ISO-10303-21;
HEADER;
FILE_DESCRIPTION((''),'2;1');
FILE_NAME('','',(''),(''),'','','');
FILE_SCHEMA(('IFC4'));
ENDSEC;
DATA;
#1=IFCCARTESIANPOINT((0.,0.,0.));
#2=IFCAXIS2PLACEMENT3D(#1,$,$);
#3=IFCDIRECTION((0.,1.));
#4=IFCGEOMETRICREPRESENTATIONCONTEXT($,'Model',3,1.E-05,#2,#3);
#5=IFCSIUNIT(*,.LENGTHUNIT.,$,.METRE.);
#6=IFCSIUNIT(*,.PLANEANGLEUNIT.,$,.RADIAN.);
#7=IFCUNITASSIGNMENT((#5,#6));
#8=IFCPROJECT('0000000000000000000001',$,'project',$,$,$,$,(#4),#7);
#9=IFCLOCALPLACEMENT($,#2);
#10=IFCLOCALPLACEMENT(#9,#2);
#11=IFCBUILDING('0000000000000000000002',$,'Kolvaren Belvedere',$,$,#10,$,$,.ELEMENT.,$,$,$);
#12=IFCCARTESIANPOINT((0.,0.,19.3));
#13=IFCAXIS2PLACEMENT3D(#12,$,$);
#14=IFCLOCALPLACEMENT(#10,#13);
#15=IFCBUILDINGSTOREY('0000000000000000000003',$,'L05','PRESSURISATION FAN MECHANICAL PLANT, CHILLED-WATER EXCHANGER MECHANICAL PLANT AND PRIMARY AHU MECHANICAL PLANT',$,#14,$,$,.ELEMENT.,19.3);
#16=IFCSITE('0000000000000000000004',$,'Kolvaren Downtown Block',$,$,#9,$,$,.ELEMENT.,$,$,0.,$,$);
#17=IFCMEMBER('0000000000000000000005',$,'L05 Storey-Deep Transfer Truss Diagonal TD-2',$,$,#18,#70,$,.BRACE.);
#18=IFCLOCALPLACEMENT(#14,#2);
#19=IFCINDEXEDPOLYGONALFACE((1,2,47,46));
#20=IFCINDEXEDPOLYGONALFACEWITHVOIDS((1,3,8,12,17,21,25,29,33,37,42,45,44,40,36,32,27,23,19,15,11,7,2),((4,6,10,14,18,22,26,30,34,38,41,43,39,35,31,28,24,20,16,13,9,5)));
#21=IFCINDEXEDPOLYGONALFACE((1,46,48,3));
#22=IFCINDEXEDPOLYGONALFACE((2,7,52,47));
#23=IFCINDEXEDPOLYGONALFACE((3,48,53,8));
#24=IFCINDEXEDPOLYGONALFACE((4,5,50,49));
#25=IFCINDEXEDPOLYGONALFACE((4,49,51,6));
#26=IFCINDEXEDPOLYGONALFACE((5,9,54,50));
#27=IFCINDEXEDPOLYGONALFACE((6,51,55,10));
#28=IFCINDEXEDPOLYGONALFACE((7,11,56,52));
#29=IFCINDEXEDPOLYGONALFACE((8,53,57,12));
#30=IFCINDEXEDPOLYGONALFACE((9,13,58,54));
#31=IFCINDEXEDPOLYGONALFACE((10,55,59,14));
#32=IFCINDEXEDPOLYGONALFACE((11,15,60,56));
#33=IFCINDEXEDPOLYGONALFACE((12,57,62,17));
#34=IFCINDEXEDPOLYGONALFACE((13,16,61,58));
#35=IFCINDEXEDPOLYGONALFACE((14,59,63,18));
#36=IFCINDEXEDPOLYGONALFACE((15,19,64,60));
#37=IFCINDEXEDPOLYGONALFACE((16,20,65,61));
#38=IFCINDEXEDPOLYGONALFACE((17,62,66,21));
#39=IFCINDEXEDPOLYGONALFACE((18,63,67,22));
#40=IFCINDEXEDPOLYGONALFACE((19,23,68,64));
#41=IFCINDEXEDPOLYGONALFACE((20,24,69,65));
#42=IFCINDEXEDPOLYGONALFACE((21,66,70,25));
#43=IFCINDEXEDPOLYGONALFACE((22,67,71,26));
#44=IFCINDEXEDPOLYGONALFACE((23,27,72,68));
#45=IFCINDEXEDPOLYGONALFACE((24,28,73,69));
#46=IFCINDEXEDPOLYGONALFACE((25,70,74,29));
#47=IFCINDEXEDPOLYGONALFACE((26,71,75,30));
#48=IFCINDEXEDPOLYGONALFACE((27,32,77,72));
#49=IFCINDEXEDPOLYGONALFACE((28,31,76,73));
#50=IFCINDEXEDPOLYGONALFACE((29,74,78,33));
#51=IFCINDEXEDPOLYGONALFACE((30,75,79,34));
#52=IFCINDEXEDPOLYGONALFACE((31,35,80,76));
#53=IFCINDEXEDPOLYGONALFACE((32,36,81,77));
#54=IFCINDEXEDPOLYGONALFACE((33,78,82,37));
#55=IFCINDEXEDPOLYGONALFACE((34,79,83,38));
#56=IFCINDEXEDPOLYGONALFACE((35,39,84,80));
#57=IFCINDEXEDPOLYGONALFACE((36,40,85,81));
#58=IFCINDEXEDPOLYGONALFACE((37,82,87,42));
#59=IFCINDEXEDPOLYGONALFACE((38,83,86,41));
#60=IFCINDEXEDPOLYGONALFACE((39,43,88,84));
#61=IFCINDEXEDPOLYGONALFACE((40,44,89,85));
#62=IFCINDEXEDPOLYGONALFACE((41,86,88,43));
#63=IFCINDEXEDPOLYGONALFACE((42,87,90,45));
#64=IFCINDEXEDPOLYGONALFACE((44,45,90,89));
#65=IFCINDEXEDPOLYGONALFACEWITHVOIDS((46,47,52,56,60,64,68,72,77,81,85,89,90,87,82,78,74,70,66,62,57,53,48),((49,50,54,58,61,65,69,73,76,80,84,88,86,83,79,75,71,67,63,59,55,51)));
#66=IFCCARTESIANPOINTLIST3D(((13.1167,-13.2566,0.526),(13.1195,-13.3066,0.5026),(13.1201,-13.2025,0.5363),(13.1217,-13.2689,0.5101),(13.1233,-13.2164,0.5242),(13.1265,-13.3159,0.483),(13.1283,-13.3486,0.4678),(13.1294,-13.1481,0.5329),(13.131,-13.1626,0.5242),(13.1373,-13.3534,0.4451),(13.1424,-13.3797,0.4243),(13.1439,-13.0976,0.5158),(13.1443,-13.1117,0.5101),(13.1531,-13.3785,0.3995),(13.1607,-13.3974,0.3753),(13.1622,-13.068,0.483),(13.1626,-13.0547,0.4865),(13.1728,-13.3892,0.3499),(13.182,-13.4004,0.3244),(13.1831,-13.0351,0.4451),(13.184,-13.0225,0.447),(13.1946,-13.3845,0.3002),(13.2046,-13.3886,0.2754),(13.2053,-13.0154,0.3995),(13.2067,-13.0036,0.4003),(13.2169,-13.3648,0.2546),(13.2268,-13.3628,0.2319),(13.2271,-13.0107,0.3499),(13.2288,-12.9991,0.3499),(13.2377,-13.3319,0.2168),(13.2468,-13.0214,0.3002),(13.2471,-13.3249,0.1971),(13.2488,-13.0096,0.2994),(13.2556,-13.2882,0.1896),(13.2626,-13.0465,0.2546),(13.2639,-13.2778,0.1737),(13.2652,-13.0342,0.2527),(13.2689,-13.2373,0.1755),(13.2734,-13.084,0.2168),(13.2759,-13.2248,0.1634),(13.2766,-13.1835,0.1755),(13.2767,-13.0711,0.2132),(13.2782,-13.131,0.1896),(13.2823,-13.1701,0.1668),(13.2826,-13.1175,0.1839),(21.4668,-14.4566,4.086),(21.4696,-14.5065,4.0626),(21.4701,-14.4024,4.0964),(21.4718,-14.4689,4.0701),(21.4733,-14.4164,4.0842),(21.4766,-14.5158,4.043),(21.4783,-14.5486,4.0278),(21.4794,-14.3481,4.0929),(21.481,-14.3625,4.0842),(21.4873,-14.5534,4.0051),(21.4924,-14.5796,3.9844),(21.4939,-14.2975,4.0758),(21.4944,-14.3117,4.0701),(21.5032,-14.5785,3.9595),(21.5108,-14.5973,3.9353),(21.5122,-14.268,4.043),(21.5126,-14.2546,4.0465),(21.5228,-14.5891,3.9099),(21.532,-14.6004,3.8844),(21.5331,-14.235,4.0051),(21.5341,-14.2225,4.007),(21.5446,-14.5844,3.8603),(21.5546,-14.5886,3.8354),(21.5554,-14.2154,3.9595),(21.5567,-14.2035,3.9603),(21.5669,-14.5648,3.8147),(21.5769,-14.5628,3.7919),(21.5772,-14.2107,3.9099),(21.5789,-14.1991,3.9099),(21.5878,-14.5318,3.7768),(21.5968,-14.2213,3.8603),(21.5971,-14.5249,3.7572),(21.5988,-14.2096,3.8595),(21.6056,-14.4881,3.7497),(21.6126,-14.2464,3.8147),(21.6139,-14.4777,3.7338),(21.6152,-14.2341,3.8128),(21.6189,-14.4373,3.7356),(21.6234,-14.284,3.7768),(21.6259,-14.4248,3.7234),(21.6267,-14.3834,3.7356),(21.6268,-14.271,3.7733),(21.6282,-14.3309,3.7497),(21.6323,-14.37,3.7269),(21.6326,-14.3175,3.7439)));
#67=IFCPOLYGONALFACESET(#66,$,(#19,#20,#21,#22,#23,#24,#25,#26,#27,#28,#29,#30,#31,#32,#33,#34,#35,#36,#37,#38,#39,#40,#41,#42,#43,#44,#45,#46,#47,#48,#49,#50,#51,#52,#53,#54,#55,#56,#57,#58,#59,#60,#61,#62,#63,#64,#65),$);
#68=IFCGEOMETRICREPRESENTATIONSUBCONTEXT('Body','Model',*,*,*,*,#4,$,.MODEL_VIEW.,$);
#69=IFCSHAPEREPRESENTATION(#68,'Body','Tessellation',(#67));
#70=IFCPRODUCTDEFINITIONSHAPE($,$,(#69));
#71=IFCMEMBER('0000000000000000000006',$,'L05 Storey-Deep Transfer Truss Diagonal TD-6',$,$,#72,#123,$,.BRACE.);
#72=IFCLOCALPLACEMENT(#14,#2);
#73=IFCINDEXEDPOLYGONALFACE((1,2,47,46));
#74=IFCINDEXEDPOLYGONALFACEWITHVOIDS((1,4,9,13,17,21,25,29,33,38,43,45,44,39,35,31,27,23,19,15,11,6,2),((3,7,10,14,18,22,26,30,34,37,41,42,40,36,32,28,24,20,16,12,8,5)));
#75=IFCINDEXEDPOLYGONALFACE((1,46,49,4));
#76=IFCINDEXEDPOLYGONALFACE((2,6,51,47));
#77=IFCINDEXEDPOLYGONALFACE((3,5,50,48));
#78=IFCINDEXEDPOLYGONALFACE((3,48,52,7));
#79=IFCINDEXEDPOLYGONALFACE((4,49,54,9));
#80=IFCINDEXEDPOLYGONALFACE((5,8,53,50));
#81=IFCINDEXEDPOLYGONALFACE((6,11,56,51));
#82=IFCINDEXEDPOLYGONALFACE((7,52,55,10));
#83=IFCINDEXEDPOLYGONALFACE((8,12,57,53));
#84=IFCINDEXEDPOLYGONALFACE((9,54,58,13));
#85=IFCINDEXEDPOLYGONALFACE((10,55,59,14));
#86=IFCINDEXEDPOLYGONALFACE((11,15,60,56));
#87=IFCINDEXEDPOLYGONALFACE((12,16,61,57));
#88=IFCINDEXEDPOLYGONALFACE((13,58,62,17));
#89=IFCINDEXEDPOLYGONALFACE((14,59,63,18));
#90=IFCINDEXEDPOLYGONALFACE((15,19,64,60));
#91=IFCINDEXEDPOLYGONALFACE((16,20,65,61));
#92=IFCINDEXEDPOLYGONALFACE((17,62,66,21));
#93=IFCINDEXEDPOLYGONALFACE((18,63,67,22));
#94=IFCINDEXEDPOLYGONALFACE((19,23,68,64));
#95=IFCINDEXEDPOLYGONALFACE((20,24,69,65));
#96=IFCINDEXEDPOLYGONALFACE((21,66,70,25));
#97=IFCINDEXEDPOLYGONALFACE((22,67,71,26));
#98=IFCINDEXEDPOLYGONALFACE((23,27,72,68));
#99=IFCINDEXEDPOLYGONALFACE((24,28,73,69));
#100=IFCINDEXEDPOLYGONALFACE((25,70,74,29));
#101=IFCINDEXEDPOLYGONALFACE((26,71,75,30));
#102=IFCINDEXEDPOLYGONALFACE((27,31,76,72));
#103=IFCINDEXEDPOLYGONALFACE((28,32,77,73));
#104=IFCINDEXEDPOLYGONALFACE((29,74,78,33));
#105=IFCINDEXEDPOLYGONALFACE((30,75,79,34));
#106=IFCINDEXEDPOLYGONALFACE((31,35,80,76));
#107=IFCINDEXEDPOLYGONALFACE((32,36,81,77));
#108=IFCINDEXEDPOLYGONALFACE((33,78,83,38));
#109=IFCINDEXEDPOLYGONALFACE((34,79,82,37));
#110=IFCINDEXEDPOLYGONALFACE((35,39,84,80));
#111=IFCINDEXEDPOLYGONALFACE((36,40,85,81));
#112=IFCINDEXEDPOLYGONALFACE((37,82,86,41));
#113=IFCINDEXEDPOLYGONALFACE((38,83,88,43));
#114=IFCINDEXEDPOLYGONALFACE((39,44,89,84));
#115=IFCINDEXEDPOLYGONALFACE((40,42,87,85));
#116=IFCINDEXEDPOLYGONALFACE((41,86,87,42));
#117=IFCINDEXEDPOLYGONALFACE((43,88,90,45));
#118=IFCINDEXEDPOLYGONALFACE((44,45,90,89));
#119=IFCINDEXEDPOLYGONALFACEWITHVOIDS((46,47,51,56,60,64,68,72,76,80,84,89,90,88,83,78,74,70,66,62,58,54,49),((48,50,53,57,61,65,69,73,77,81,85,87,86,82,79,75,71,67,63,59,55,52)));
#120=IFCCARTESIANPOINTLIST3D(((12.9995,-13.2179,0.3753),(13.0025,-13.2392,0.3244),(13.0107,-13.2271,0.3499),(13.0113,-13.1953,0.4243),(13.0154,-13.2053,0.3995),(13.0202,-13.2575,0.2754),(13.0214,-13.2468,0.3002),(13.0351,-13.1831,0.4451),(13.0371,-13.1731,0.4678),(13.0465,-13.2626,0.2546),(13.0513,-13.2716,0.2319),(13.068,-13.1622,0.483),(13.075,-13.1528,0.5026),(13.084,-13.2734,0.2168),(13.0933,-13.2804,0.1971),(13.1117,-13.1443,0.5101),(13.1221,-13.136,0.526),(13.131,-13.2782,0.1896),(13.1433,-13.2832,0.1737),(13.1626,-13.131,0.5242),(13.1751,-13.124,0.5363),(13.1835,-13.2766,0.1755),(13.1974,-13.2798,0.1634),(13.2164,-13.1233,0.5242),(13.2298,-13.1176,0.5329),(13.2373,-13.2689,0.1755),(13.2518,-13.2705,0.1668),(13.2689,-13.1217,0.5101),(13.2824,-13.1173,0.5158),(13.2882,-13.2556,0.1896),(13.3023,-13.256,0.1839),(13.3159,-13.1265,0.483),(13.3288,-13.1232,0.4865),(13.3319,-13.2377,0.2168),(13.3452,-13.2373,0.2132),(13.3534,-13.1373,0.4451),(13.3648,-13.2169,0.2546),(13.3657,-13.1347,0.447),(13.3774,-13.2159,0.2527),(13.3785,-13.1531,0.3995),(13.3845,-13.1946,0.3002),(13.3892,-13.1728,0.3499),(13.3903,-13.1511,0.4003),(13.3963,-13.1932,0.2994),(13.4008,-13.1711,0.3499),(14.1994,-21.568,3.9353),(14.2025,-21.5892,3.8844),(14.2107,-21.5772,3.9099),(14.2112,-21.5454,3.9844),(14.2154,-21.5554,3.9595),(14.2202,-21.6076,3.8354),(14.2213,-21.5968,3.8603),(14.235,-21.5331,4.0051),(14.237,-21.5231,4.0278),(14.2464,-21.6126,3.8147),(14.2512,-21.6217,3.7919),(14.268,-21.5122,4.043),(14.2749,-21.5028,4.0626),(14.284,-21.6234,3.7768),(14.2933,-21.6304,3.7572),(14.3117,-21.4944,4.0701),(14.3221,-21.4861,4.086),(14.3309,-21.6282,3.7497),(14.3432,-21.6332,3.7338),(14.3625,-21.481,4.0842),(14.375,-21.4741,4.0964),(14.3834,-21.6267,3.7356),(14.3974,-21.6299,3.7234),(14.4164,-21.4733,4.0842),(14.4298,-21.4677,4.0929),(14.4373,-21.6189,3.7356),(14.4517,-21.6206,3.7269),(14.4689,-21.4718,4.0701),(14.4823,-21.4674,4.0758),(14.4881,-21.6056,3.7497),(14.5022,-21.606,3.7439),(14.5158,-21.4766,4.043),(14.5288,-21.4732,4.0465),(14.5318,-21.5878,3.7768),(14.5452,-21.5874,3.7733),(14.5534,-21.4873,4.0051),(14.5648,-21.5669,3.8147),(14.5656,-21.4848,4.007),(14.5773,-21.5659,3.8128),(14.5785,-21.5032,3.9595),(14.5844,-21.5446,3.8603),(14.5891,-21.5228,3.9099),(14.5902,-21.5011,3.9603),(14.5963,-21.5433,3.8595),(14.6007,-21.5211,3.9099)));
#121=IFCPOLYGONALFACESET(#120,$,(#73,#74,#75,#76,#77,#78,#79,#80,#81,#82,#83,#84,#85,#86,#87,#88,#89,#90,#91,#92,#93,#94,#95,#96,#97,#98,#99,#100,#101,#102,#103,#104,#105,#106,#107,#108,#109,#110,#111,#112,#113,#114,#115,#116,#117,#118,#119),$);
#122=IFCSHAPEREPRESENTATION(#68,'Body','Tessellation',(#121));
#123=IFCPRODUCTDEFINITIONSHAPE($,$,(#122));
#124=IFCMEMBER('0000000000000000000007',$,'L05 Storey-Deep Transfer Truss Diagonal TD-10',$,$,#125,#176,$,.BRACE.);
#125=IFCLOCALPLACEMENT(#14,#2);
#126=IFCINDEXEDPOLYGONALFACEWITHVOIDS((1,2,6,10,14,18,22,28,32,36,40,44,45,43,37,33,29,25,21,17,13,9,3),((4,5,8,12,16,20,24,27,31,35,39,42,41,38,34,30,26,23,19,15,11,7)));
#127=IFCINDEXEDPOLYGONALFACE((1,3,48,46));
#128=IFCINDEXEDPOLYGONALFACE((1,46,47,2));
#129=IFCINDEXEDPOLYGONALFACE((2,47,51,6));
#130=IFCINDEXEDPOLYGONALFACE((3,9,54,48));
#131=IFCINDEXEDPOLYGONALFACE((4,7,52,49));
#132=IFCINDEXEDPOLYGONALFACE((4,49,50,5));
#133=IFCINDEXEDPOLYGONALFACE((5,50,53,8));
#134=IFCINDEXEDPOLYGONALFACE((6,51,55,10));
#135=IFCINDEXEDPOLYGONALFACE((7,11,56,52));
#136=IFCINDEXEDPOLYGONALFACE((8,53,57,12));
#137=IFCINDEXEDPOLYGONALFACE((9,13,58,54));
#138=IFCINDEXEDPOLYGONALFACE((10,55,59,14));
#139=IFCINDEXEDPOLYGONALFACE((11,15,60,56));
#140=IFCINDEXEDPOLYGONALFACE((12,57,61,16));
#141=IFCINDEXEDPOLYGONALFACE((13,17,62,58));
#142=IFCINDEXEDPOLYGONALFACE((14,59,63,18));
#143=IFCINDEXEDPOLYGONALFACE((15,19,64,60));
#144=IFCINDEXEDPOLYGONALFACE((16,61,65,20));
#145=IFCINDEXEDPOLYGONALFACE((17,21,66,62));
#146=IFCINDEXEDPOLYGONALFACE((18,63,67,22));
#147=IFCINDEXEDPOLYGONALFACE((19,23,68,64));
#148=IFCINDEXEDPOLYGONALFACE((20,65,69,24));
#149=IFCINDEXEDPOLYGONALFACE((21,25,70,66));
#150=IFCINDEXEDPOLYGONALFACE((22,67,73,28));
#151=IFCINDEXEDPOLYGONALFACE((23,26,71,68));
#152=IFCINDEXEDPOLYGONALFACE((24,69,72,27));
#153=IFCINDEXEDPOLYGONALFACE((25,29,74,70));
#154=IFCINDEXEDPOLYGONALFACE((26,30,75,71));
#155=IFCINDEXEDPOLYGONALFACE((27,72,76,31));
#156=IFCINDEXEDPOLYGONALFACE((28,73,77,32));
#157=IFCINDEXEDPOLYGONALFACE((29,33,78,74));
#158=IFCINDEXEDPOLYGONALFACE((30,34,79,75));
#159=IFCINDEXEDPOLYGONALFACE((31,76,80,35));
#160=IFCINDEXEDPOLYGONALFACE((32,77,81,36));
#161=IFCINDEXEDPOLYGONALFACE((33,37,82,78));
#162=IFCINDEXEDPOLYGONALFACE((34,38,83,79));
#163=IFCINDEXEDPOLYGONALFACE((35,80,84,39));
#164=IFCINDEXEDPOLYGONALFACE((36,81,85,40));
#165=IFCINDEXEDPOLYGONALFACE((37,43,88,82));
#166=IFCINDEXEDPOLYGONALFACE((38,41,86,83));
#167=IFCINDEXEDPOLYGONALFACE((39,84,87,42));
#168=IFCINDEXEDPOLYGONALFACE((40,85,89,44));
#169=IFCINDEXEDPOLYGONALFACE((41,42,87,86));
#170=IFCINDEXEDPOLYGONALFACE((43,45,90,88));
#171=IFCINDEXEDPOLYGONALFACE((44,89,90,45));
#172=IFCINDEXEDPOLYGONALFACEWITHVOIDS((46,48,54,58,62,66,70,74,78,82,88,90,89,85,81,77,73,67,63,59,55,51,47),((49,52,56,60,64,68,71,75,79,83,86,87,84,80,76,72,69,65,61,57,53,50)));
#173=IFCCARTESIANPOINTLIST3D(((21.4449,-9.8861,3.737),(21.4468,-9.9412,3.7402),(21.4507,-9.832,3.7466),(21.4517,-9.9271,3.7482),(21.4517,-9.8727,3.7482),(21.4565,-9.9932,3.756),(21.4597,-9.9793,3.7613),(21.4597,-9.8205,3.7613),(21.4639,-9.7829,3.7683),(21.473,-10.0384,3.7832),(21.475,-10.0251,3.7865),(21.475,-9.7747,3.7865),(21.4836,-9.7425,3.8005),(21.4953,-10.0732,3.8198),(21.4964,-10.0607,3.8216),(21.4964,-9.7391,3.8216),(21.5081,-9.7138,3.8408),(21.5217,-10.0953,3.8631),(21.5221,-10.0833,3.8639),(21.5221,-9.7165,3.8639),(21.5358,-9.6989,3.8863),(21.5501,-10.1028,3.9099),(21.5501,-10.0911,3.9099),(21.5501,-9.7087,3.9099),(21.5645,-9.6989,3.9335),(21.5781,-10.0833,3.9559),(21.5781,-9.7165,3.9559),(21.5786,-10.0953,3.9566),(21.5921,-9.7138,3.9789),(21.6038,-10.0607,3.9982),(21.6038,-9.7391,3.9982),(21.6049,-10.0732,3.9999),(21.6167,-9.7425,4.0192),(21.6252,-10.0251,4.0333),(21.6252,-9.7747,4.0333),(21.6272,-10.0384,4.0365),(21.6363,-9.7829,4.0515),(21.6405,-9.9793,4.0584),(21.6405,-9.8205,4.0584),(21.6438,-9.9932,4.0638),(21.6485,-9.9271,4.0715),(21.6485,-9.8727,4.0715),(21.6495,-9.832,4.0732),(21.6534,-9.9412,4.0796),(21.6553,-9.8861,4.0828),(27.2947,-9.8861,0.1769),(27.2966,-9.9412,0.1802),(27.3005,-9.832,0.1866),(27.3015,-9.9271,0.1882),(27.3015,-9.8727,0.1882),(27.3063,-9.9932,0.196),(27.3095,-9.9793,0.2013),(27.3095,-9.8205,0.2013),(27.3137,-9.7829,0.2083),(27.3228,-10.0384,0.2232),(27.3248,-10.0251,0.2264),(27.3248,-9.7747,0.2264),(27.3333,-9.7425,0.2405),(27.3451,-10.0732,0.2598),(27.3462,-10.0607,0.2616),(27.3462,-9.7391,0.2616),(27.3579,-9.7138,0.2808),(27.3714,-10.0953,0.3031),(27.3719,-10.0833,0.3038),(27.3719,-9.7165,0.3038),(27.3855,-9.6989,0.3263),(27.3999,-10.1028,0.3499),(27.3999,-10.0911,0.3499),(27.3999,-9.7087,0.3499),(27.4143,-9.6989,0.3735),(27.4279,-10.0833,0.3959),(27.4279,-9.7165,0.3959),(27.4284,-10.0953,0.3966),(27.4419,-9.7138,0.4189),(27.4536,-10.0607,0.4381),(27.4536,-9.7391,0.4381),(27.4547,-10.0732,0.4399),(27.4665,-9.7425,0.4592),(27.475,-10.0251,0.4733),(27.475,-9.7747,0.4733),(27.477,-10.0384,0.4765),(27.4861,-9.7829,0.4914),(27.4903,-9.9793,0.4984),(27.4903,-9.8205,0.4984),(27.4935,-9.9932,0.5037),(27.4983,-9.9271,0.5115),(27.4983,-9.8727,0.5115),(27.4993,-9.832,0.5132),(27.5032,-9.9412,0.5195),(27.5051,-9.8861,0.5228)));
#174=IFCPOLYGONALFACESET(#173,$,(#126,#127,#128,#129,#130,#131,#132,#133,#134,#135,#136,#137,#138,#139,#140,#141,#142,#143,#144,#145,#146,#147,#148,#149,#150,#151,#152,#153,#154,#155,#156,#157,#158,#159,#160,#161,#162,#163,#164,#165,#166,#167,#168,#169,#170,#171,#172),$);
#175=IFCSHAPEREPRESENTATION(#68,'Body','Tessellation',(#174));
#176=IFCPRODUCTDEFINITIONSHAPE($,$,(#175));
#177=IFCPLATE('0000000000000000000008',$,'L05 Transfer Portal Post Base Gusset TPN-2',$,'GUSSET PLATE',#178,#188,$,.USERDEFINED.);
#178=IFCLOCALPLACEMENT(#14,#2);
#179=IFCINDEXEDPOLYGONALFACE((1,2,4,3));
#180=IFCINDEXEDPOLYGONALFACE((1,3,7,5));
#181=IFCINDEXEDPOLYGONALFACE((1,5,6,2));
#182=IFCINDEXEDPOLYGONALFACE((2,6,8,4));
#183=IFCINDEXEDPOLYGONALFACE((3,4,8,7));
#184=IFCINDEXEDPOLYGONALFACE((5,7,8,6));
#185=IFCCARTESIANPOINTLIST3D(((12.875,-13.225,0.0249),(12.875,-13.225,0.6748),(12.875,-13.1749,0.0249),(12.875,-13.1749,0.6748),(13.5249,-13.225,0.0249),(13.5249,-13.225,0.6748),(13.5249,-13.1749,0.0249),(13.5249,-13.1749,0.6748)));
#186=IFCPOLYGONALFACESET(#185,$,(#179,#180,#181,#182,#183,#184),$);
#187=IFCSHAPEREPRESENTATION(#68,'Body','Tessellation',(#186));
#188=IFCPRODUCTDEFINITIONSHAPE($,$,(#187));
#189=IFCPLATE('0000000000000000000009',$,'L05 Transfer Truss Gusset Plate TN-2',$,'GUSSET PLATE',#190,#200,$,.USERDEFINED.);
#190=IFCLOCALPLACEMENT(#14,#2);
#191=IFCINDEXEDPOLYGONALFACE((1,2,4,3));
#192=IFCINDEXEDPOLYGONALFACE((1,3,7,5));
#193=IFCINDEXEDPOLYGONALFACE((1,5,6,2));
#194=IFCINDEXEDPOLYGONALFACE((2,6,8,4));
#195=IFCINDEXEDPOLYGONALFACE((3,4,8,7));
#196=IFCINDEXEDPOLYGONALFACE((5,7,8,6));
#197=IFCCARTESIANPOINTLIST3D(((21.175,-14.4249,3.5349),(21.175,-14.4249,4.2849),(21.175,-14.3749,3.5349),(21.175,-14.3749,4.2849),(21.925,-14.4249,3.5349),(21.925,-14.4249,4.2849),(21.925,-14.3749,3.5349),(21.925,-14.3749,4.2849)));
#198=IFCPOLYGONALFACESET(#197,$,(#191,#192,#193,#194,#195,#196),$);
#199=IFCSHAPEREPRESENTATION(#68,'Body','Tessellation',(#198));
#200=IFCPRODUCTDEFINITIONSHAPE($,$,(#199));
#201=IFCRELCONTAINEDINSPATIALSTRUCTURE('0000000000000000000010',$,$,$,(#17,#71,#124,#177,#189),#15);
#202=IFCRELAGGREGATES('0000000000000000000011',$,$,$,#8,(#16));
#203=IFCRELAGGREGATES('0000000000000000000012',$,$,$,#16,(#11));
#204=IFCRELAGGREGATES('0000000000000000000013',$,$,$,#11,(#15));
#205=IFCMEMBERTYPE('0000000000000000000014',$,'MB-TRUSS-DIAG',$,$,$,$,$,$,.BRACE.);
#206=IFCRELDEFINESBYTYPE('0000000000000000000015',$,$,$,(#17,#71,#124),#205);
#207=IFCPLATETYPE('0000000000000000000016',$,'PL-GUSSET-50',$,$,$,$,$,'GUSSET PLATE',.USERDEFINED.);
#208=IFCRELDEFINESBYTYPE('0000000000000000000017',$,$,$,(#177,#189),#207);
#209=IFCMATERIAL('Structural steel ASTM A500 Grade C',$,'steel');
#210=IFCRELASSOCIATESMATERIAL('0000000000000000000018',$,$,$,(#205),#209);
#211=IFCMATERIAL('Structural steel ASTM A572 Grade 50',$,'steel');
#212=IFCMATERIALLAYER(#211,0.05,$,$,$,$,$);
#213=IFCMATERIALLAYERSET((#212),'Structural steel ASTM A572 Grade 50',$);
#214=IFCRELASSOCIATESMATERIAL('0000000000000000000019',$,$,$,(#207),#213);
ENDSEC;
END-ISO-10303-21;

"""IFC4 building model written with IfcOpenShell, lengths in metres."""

from ifc_helpers import new_model, si_unit, direction, frame, origin, origin_2d, place, context, subcontext, project, spatial, rectangle, hollow_circle, extrude, material, layer, layer_set, material_profile, profile_set, type_object, element, save


model = new_model("IFC4")

# Units and contexts
model_context = context("Model", 3, precision=1e-05, world=origin(), true_north=direction((0.0, 1.0)))
body_context = subcontext(model_context, "Body", "Model", "MODEL_VIEW")
ifc_project = project(units=[si_unit("LENGTHUNIT", "METRE"), si_unit("PLANEANGLEUNIT", "RADIAN")], contexts=[model_context])

# Site, building, storey
site_placement = place(None, origin())
site = spatial("IfcSite", under=ifc_project, at=site_placement, Name="Kolvaren Downtown Block", CompositionType="ELEMENT", RefElevation=0.0)
building_placement = place(site_placement, origin())
building = spatial("IfcBuilding", under=site, at=building_placement, Name="Kolvaren Belvedere", CompositionType="ELEMENT")
storey_placement = place(building_placement, frame((0.0, 0.0, 19.3)))
storey = spatial("IfcBuildingStorey", under=building, at=storey_placement, Name="L05", Description="PRESSURISATION FAN MECHANICAL PLANT, CHILLED-WATER EXCHANGER MECHANICAL PLANT AND PRIMARY AHU MECHANICAL PLANT", CompositionType="ELEMENT", Elevation=19.3)

# Members
ifc_material_1 = material(Name="Structural steel ASTM A500 Grade C", Category="steel")
ifc_material_profile_1 = material_profile(ifc_material_1, hollow_circle(Radius=0.2029, WallThickness=0.0117, at=origin_2d()), Name="HSS16.000X0.500")
ifc_profile_set_1 = profile_set([ifc_material_profile_1], Name="Structural steel ASTM A500 Grade C")
member_type_1 = type_object("IfcMemberType", Name="MB-TRUSS-DIAG", PredefinedType="BRACE", material=ifc_profile_set_1)
for number, where, z_axis, x_axis, name in (
    (1, (13.2, -13.2, 0.3499), (0.91195, -0.131052, 0.388809), (0.142244, 0.989832, 0.0), "L05 Storey-Deep Transfer Truss Diagonal TD-2"),
    (2, (13.2, -13.2, 0.3499), (0.131052, -0.91195, 0.388809), (0.989832, 0.142244, 0.0), "L05 Storey-Deep Transfer Truss Diagonal TD-6"),
):
    element("IfcMember", number, at=place(storey_placement, frame(where, z_axis=z_axis, x_axis=x_axis)), inside=storey, type_object=member_type_1, Name=name, PredefinedType="BRACE", context=body_context, shape_type="SweptSolid", body=[
        extrude(hollow_circle(Radius=0.2029, WallThickness=0.0117, at=origin_2d()), origin(), (0.0, 0.0, 1.0), 9.1562),
    ])
member_1_placement = place(storey_placement, frame((27.3999, -9.8999, 0.3499), z_axis=(-0.854245, 0.0, 0.51987), x_axis=(0.0, -1.0, 0.0)))
element("IfcMember", 3, at=member_1_placement, inside=storey, type_object=member_type_1, Name="L05 Storey-Deep Transfer Truss Diagonal TD-10", PredefinedType="BRACE", context=body_context, shape_type="SweptSolid", body=[
    extrude(hollow_circle(Radius=0.2029, WallThickness=0.0117, at=origin_2d()), origin(), (0.0, 0.0, 1.0), 6.8479),
])

# Plates
ifc_material_2 = material(Name="Structural steel ASTM A572 Grade 50", Category="steel")
ifc_layer_1 = layer(ifc_material_2, 0.05)
ifc_layer_set_1 = layer_set([ifc_layer_1], Name="Structural steel ASTM A572 Grade 50")
plate_type = type_object("IfcPlateType", Name="PL-GUSSET-50", ElementType="GUSSET PLATE", PredefinedType="USERDEFINED", material=ifc_layer_set_1)
plate_placement = place(storey_placement, frame((13.2, -13.2, 0.0249), z_axis=(0.0, 0.0, 1.0), x_axis=(1.0, 0.0, 0.0)))
element("IfcPlate", 4, at=plate_placement, inside=storey, type_object=plate_type, Name="L05 Transfer Portal Post Base Gusset TPN-2", ObjectType="GUSSET PLATE", PredefinedType="USERDEFINED", context=body_context, shape_type="SweptSolid", body=[
    extrude(rectangle(XDim=0.6499, YDim=0.05, at=origin_2d()), origin(), (0.0, 0.0, 1.0), 0.6499),
])
for number, where, z_axis, x_axis, name in (
    (5, (21.55, -14.3999, 3.5349), (0.0, 0.0, 1.0), (1.0, 0.0, 0.0), "L05 Transfer Truss Gusset Plate TN-2"),
):
    element("IfcPlate", number, at=place(storey_placement, frame(where, z_axis=z_axis, x_axis=x_axis)), inside=storey, type_object=plate_type, Name=name, ObjectType="GUSSET PLATE", PredefinedType="USERDEFINED", context=body_context, shape_type="SweptSolid", body=[
        extrude(rectangle(XDim=0.75, YDim=0.05, at=origin_2d()), origin(), (0.0, 0.0, 1.0), 0.75),
    ])

save(model, "model.ifc")
